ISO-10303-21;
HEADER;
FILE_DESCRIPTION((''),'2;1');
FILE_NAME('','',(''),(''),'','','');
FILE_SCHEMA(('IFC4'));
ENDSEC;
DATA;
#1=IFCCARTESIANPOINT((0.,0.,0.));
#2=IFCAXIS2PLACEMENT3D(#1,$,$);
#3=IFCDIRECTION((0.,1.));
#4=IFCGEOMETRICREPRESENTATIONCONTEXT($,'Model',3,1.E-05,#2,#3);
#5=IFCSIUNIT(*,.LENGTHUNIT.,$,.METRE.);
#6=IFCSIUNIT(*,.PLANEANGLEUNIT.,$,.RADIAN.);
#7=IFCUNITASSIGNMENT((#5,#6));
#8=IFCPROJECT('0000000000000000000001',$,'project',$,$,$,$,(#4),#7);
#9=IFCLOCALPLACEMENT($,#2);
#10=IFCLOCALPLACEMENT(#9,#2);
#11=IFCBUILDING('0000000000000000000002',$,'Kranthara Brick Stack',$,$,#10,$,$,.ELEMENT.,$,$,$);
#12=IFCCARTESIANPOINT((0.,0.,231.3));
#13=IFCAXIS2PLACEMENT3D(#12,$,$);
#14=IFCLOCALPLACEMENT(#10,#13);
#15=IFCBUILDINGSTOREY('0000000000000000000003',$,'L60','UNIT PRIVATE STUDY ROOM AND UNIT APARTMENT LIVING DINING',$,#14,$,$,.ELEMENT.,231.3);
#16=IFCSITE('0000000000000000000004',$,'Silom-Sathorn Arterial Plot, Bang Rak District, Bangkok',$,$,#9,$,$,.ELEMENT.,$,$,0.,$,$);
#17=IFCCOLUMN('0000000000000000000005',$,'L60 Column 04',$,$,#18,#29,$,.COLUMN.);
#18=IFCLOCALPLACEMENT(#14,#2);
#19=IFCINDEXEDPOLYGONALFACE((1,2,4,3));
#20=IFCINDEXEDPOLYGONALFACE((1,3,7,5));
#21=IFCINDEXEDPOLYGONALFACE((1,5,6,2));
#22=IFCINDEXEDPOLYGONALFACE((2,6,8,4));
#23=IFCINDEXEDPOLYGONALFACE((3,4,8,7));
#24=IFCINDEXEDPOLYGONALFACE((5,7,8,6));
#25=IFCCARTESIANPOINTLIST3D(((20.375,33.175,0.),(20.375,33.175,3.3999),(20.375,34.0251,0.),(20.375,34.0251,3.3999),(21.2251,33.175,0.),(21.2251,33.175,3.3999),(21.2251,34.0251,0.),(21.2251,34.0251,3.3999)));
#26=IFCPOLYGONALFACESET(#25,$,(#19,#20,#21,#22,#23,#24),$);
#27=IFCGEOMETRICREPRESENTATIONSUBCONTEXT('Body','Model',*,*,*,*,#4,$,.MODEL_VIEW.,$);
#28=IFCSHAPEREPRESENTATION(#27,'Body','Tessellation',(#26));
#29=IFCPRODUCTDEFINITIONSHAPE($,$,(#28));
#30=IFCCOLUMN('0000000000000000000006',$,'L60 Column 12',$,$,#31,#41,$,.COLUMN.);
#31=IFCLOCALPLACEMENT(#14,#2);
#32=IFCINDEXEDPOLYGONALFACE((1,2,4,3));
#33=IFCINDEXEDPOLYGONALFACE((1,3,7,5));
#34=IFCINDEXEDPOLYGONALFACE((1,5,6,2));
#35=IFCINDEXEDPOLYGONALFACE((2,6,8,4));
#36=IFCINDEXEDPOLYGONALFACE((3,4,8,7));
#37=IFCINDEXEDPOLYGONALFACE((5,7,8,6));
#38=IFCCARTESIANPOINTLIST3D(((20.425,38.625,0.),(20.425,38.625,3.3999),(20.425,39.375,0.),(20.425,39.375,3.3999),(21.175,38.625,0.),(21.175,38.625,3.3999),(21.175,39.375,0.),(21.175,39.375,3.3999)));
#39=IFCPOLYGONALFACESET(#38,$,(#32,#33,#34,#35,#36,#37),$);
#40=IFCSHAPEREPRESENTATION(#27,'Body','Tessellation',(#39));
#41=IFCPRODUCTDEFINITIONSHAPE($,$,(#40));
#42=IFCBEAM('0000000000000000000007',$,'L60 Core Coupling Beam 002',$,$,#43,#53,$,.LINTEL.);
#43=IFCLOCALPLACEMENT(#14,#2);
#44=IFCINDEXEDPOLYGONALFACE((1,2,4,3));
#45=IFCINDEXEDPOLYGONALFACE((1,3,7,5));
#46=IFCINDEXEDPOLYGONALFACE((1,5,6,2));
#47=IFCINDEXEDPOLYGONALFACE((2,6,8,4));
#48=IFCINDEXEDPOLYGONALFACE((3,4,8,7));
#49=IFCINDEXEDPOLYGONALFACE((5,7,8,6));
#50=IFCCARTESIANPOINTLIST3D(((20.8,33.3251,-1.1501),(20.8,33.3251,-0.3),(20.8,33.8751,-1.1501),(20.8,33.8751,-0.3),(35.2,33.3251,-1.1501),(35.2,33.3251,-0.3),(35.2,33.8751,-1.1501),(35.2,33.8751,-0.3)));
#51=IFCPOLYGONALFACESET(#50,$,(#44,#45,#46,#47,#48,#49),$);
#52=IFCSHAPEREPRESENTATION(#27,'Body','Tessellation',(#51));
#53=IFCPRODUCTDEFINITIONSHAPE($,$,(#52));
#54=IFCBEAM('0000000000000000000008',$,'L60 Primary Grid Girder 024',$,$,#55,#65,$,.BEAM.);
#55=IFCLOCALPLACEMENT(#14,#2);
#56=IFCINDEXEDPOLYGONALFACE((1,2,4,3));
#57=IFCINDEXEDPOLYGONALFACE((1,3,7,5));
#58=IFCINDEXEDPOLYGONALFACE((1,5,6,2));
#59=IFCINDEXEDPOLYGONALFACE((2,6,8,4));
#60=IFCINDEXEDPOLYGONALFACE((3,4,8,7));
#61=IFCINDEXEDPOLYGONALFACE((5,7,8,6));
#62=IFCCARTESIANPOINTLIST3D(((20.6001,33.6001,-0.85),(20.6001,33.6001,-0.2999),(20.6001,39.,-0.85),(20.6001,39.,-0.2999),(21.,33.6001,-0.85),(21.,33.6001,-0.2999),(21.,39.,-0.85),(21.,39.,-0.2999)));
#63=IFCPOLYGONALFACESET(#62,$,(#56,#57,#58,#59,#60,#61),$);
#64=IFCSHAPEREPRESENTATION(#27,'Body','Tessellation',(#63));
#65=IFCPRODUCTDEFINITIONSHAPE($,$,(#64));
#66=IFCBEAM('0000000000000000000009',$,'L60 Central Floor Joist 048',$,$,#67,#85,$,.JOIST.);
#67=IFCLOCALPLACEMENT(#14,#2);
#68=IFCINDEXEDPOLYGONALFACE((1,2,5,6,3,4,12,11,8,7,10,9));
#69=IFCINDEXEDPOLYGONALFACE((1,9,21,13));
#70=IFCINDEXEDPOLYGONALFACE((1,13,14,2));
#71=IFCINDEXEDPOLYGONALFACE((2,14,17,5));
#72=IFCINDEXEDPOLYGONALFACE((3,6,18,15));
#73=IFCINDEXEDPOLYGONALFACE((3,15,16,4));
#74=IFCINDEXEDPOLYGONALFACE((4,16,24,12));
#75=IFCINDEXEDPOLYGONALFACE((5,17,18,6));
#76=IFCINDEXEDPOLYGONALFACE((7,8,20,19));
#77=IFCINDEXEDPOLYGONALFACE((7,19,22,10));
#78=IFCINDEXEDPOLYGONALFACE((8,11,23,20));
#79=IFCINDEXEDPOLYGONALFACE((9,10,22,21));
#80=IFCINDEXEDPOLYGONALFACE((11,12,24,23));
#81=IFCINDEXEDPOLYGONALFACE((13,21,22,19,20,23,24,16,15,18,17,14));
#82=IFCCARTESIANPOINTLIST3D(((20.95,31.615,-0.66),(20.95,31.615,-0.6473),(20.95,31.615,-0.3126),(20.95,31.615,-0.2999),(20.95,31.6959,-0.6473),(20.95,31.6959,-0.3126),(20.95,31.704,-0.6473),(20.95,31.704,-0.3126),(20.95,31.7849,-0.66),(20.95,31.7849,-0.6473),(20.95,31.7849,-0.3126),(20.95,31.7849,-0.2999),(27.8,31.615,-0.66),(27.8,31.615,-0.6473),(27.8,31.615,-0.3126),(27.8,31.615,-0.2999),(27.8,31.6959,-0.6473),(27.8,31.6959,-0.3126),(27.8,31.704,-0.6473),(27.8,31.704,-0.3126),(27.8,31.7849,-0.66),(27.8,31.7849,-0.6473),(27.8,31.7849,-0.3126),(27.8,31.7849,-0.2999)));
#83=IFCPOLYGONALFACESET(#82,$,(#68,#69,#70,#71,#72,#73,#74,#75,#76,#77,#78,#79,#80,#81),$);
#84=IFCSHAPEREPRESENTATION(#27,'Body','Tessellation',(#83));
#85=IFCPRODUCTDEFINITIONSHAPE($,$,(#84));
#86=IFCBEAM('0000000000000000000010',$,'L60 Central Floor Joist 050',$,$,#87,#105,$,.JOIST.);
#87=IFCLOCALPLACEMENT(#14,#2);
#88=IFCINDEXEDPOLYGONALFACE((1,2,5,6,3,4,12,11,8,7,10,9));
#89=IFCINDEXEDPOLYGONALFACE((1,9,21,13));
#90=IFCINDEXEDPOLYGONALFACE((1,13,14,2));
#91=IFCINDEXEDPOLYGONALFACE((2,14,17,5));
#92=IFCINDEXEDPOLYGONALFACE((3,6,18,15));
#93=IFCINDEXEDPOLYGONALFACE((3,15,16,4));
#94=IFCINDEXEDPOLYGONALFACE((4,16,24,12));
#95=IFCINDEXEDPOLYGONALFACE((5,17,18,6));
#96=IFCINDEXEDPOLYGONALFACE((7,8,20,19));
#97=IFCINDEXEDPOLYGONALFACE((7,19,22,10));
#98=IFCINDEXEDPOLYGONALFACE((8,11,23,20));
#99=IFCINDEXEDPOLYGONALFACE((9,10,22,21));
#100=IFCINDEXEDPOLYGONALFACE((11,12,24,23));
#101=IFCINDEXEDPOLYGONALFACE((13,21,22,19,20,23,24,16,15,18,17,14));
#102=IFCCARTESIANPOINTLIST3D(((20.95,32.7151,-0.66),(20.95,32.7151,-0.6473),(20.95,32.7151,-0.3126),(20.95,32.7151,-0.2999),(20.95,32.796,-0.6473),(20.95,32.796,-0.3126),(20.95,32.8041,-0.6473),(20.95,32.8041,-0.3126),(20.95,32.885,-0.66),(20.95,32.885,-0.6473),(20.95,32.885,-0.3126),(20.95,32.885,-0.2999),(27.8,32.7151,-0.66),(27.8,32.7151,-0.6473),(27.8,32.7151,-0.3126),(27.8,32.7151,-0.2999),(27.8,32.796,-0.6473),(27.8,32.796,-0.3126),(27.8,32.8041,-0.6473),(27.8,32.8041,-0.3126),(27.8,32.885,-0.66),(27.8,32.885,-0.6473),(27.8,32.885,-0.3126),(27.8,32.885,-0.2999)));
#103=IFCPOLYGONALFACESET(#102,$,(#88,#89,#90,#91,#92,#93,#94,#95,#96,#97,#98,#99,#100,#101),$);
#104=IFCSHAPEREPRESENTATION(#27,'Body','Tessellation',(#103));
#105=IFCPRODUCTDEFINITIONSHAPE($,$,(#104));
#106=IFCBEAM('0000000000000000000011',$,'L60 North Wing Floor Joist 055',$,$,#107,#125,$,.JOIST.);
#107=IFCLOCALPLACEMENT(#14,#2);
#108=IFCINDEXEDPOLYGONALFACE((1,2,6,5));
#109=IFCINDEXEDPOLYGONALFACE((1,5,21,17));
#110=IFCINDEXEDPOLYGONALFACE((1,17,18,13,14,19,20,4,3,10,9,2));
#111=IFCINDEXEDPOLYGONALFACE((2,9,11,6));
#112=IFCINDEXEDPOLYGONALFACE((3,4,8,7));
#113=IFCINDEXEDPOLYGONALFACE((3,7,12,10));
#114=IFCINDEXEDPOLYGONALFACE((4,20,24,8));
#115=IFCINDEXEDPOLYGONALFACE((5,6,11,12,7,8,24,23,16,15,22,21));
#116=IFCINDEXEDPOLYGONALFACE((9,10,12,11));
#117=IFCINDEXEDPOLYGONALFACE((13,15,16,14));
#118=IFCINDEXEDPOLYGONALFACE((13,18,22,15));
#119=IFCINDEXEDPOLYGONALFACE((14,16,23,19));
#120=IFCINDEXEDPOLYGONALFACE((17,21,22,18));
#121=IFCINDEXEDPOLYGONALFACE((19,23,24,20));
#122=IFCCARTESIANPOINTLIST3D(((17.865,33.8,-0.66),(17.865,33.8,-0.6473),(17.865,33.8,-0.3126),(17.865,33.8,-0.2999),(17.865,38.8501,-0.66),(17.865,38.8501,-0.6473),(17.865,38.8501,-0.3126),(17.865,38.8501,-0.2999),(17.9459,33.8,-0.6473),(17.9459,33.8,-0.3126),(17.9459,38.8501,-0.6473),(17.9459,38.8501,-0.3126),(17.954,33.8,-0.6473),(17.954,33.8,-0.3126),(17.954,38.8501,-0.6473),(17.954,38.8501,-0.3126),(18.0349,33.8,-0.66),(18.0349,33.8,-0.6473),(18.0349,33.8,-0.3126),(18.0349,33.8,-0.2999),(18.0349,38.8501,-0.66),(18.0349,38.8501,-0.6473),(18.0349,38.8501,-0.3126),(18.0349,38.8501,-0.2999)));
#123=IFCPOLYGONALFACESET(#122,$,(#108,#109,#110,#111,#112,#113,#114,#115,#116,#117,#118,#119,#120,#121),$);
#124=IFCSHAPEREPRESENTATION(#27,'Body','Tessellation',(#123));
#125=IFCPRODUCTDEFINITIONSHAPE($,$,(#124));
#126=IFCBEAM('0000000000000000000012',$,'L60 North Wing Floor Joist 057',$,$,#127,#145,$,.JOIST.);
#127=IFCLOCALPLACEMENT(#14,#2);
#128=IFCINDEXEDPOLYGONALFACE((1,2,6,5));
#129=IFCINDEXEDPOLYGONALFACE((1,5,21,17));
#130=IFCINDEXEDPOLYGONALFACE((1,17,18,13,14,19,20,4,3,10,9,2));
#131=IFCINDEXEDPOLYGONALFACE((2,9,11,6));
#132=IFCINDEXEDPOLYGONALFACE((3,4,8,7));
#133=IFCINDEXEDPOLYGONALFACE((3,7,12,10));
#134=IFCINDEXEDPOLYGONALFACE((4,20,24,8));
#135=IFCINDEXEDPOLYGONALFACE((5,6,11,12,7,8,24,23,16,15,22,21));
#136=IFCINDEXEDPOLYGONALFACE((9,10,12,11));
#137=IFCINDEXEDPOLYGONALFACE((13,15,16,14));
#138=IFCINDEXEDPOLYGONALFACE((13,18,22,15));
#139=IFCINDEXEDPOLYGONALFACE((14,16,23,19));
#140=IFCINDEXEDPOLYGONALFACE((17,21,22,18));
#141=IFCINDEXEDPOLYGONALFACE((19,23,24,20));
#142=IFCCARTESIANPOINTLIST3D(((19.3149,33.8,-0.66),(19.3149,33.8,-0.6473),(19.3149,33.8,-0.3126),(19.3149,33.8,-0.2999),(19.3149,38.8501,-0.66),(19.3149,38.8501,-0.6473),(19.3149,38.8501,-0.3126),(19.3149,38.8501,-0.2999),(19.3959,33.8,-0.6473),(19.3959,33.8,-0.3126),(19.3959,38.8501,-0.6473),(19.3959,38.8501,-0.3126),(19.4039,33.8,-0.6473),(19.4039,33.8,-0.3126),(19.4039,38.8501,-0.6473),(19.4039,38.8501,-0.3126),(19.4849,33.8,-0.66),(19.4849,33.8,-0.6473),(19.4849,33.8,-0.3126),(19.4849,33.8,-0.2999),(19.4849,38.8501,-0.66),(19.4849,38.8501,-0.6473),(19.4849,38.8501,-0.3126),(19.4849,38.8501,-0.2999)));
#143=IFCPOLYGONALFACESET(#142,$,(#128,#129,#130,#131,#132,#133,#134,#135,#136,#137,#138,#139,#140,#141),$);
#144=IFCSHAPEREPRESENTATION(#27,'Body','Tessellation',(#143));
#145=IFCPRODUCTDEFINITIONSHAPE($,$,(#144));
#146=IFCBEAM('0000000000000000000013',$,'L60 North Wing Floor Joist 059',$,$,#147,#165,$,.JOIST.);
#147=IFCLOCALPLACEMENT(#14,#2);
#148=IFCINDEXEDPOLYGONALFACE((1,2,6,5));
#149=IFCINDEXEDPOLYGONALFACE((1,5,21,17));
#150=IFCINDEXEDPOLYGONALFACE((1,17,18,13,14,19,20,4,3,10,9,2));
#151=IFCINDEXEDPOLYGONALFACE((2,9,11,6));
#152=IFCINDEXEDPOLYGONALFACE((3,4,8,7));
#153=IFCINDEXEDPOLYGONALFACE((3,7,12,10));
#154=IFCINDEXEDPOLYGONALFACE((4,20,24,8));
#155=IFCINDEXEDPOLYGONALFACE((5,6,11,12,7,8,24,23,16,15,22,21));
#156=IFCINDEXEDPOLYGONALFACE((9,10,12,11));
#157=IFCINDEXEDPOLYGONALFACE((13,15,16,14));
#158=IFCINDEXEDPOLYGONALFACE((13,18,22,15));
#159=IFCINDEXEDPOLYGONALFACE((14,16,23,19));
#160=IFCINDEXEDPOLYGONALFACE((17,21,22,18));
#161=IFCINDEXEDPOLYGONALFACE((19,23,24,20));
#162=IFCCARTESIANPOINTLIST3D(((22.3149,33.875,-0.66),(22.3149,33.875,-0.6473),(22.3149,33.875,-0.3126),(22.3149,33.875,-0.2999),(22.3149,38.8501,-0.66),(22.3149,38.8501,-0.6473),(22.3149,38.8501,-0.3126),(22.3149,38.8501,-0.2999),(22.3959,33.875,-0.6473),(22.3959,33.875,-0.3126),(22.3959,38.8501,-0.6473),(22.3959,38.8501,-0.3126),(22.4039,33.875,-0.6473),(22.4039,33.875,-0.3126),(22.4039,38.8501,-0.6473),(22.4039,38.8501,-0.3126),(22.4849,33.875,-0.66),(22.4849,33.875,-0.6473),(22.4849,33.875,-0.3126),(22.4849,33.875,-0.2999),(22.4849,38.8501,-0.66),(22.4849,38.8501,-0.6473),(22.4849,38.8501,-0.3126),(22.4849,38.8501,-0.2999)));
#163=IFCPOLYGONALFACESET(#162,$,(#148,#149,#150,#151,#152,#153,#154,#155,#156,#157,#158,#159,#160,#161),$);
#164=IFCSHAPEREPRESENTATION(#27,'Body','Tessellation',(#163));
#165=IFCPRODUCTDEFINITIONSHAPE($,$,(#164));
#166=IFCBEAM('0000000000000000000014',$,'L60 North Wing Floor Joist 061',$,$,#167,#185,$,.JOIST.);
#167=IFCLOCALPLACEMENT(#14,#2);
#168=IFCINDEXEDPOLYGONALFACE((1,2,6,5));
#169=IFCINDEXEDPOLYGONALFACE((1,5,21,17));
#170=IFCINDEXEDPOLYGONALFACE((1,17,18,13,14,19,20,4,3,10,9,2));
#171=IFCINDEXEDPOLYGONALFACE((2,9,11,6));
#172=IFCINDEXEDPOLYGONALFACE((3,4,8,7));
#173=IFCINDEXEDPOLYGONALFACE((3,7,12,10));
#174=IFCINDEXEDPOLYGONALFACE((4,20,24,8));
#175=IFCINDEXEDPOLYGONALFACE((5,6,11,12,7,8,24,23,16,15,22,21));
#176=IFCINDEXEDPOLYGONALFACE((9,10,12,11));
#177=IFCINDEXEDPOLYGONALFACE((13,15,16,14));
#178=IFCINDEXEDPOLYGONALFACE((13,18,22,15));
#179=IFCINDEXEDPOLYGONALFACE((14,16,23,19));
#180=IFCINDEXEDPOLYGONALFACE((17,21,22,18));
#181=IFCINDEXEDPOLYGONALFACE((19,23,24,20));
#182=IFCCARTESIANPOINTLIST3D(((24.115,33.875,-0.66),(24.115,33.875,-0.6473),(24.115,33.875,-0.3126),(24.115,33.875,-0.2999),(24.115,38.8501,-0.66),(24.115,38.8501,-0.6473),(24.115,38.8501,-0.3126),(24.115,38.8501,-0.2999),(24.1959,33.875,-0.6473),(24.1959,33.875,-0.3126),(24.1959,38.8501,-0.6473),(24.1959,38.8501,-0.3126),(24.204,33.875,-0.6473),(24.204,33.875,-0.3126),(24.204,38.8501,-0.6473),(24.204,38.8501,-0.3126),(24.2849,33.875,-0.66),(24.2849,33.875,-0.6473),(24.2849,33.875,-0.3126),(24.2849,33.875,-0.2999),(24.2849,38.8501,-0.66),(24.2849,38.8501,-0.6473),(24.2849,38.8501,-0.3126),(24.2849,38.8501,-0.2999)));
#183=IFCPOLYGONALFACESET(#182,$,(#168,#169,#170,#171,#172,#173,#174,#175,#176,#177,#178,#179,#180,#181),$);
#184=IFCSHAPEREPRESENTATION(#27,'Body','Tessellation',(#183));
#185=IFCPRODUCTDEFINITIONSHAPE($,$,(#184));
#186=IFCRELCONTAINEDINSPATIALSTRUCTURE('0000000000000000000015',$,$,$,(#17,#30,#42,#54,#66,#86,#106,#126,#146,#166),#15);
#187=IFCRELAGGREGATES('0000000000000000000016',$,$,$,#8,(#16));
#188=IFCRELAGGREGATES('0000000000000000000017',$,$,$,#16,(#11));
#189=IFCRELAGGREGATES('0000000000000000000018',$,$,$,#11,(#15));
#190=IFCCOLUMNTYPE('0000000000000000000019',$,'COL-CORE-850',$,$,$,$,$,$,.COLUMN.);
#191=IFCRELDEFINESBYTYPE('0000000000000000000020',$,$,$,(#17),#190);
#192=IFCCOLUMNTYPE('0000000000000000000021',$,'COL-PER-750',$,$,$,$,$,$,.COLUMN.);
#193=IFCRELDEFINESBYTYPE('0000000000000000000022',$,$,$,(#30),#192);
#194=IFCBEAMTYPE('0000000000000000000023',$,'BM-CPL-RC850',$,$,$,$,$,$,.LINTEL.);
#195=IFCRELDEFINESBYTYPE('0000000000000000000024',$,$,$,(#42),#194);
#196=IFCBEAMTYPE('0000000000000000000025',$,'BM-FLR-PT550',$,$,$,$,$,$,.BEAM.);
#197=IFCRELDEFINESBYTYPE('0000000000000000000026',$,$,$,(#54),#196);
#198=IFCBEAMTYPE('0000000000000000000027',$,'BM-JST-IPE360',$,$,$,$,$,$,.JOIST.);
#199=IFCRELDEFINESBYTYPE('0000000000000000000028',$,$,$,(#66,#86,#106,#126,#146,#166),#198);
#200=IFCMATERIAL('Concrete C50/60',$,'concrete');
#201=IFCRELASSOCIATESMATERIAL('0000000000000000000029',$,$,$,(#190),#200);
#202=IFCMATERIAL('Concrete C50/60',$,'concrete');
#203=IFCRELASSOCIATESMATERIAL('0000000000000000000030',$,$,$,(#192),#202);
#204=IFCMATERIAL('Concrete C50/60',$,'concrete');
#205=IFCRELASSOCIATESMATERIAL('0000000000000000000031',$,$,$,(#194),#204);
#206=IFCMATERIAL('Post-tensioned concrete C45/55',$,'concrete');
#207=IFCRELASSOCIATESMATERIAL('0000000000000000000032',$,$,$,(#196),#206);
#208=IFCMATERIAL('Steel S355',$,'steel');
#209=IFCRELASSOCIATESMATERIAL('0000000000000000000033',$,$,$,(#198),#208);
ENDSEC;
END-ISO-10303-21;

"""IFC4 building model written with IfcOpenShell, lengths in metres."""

from ifc_helpers import new_model, si_unit, direction, frame, origin, origin_2d, place, context, subcontext, project, spatial, rectangle, i_section, extrude, material, material_profile, profile_set, type_object, element, save


model = new_model("IFC4")

# Units and contexts
model_context = context("Model", 3, precision=1e-05, world=origin(), true_north=direction((0.0, 1.0)))
body_context = subcontext(model_context, "Body", "Model", "MODEL_VIEW")
ifc_project = project(units=[si_unit("LENGTHUNIT", "METRE"), si_unit("PLANEANGLEUNIT", "RADIAN")], contexts=[model_context])

# Site, building, storey
site_placement = place(None, origin())
site = spatial("IfcSite", under=ifc_project, at=site_placement, Name="Silom-Sathorn Arterial Plot, Bang Rak District, Bangkok", CompositionType="ELEMENT", RefElevation=0.0)
building_placement = place(site_placement, origin())
building = spatial("IfcBuilding", under=site, at=building_placement, Name="Kranthara Brick Stack", CompositionType="ELEMENT")
storey_placement = place(building_placement, frame((0.0, 0.0, 231.3)))
storey = spatial("IfcBuildingStorey", under=building, at=storey_placement, Name="L60", Description="UNIT PRIVATE STUDY ROOM AND UNIT APARTMENT LIVING DINING", CompositionType="ELEMENT", Elevation=231.3)

# Columns
ifc_material_1 = material(Name="Concrete C50/60", Category="concrete")
ifc_material_profile_1 = material_profile(ifc_material_1, rectangle(XDim=0.8501, YDim=0.8501, at=origin_2d()), Name="RC 850x850")
ifc_profile_set_1 = profile_set([ifc_material_profile_1], Name="Concrete C50/60")
column_type_1 = type_object("IfcColumnType", Name="COL-CORE-850", PredefinedType="COLUMN", material=ifc_profile_set_1)
column_1_placement = place(storey_placement, frame((20.8, 33.6001, 0.0), z_axis=(0.0, 0.0, 1.0), x_axis=(1.0, 0.0, 0.0)))
element("IfcColumn", 1, at=column_1_placement, inside=storey, type_object=column_type_1, Name="L60 Column 04", PredefinedType="COLUMN", context=body_context, shape_type="SweptSolid", body=[
    extrude(rectangle(XDim=0.8501, YDim=0.8501, at=origin_2d()), origin(), (0.0, 0.0, 1.0), 3.3999),
])
ifc_material_2 = material(Name="Concrete C50/60", Category="concrete")
ifc_material_profile_2 = material_profile(ifc_material_2, rectangle(XDim=0.75, YDim=0.75, at=origin_2d()), Name="RC 750x750")
ifc_profile_set_2 = profile_set([ifc_material_profile_2], Name="Concrete C50/60")
column_type_2 = type_object("IfcColumnType", Name="COL-PER-750", PredefinedType="COLUMN", material=ifc_profile_set_2)
column_2_placement = place(storey_placement, frame((20.8, 39.0, 0.0), z_axis=(0.0, 0.0, 1.0), x_axis=(1.0, 0.0, 0.0)))
element("IfcColumn", 2, at=column_2_placement, inside=storey, type_object=column_type_2, Name="L60 Column 12", PredefinedType="COLUMN", context=body_context, shape_type="SweptSolid", body=[
    extrude(rectangle(XDim=0.75, YDim=0.75, at=origin_2d()), origin(), (0.0, 0.0, 1.0), 3.3999),
])

# Beams
ifc_material_3 = material(Name="Concrete C50/60", Category="concrete")
ifc_material_profile_3 = material_profile(ifc_material_3, rectangle(XDim=0.55, YDim=0.8501, at=origin_2d()), Name="RC 550x850")
ifc_profile_set_3 = profile_set([ifc_material_profile_3], Name="Concrete C50/60")
beam_type_1 = type_object("IfcBeamType", Name="BM-CPL-RC850", PredefinedType="LINTEL", material=ifc_profile_set_3)
beam_1_placement = place(storey_placement, frame((20.8, 33.6001, -0.7251), z_axis=(1.0, 0.0, 0.0), x_axis=(0.0, 1.0, 0.0)))
element("IfcBeam", 3, at=beam_1_placement, inside=storey, type_object=beam_type_1, Name="L60 Core Coupling Beam 002", PredefinedType="LINTEL", context=body_context, shape_type="SweptSolid", body=[
    extrude(rectangle(XDim=0.55, YDim=0.8501, at=origin_2d()), origin(), (0.0, 0.0, 1.0), 14.3999),
])
ifc_material_4 = material(Name="Post-tensioned concrete C45/55", Category="concrete")
ifc_material_profile_4 = material_profile(ifc_material_4, rectangle(XDim=0.3999, YDim=0.55, at=origin_2d()), Name="PT 400x550")
ifc_profile_set_4 = profile_set([ifc_material_profile_4], Name="Post-tensioned concrete C45/55")
beam_type_2 = type_object("IfcBeamType", Name="BM-FLR-PT550", PredefinedType="BEAM", material=ifc_profile_set_4)
beam_2_placement = place(storey_placement, frame((20.8, 33.6001, -0.575), z_axis=(0.0, 1.0, 0.0), x_axis=(-1.0, 0.0, 0.0)))
element("IfcBeam", 4, at=beam_2_placement, inside=storey, type_object=beam_type_2, Name="L60 Primary Grid Girder 024", PredefinedType="BEAM", context=body_context, shape_type="SweptSolid", body=[
    extrude(rectangle(XDim=0.3999, YDim=0.55, at=origin_2d()), origin(), (0.0, 0.0, 1.0), 5.3999),
])
ifc_material_5 = material(Name="Steel S355", Category="steel")
ifc_material_profile_5 = material_profile(ifc_material_5, i_section(OverallWidth=0.1699, OverallDepth=0.3601, WebThickness=0.0081, FlangeThickness=0.0127, at=origin_2d()), Name="IPE 360")
ifc_profile_set_5 = profile_set([ifc_material_profile_5], Name="Steel S355")
beam_type_3 = type_object("IfcBeamType", Name="BM-JST-IPE360", PredefinedType="JOIST", material=ifc_profile_set_5)
for number, where, z_axis, x_axis, name in (
    (5, (20.95, 31.7, -0.48), (1.0, 0.0, 0.0), (0.0, 1.0, 0.0), "L60 Central Floor Joist 048"),
    (6, (20.95, 32.8, -0.48), (1.0, 0.0, 0.0), (0.0, 1.0, 0.0), "L60 Central Floor Joist 050"),
):
    element("IfcBeam", number, at=place(storey_placement, frame(where, z_axis=z_axis, x_axis=x_axis)), inside=storey, type_object=beam_type_3, Name=name, PredefinedType="JOIST", context=body_context, shape_type="SweptSolid", body=[
        extrude(i_section(OverallWidth=0.1699, OverallDepth=0.3601, WebThickness=0.0081, FlangeThickness=0.0127, at=origin_2d()), origin(), (0.0, 0.0, 1.0), 6.8501),
    ])
for number, where, z_axis, x_axis, name in (
    (7, (17.95, 33.8, -0.48), (0.0, 1.0, 0.0), (-1.0, 0.0, 0.0), "L60 North Wing Floor Joist 055"),
    (8, (19.3999, 33.8, -0.48), (0.0, 1.0, 0.0), (-1.0, 0.0, 0.0), "L60 North Wing Floor Joist 057"),
):
    element("IfcBeam", number, at=place(storey_placement, frame(where, z_axis=z_axis, x_axis=x_axis)), inside=storey, type_object=beam_type_3, Name=name, PredefinedType="JOIST", context=body_context, shape_type="SweptSolid", body=[
        extrude(i_section(OverallWidth=0.1699, OverallDepth=0.3601, WebThickness=0.0081, FlangeThickness=0.0127, at=origin_2d()), origin(), (0.0, 0.0, 1.0), 5.05),
    ])
for number, where, z_axis, x_axis, name in (
    (9, (22.3999, 33.875, -0.48), (0.0, 1.0, 0.0), (-1.0, 0.0, 0.0), "L60 North Wing Floor Joist 059"),
    (10, (24.2, 33.875, -0.48), (0.0, 1.0, 0.0), (-1.0, 0.0, 0.0), "L60 North Wing Floor Joist 061"),
):
    element("IfcBeam", number, at=place(storey_placement, frame(where, z_axis=z_axis, x_axis=x_axis)), inside=storey, type_object=beam_type_3, Name=name, PredefinedType="JOIST", context=body_context, shape_type="SweptSolid", body=[
        extrude(i_section(OverallWidth=0.1699, OverallDepth=0.3601, WebThickness=0.0081, FlangeThickness=0.0127, at=origin_2d()), origin(), (0.0, 0.0, 1.0), 4.9751),
    ])

save(model, "model.ifc")
